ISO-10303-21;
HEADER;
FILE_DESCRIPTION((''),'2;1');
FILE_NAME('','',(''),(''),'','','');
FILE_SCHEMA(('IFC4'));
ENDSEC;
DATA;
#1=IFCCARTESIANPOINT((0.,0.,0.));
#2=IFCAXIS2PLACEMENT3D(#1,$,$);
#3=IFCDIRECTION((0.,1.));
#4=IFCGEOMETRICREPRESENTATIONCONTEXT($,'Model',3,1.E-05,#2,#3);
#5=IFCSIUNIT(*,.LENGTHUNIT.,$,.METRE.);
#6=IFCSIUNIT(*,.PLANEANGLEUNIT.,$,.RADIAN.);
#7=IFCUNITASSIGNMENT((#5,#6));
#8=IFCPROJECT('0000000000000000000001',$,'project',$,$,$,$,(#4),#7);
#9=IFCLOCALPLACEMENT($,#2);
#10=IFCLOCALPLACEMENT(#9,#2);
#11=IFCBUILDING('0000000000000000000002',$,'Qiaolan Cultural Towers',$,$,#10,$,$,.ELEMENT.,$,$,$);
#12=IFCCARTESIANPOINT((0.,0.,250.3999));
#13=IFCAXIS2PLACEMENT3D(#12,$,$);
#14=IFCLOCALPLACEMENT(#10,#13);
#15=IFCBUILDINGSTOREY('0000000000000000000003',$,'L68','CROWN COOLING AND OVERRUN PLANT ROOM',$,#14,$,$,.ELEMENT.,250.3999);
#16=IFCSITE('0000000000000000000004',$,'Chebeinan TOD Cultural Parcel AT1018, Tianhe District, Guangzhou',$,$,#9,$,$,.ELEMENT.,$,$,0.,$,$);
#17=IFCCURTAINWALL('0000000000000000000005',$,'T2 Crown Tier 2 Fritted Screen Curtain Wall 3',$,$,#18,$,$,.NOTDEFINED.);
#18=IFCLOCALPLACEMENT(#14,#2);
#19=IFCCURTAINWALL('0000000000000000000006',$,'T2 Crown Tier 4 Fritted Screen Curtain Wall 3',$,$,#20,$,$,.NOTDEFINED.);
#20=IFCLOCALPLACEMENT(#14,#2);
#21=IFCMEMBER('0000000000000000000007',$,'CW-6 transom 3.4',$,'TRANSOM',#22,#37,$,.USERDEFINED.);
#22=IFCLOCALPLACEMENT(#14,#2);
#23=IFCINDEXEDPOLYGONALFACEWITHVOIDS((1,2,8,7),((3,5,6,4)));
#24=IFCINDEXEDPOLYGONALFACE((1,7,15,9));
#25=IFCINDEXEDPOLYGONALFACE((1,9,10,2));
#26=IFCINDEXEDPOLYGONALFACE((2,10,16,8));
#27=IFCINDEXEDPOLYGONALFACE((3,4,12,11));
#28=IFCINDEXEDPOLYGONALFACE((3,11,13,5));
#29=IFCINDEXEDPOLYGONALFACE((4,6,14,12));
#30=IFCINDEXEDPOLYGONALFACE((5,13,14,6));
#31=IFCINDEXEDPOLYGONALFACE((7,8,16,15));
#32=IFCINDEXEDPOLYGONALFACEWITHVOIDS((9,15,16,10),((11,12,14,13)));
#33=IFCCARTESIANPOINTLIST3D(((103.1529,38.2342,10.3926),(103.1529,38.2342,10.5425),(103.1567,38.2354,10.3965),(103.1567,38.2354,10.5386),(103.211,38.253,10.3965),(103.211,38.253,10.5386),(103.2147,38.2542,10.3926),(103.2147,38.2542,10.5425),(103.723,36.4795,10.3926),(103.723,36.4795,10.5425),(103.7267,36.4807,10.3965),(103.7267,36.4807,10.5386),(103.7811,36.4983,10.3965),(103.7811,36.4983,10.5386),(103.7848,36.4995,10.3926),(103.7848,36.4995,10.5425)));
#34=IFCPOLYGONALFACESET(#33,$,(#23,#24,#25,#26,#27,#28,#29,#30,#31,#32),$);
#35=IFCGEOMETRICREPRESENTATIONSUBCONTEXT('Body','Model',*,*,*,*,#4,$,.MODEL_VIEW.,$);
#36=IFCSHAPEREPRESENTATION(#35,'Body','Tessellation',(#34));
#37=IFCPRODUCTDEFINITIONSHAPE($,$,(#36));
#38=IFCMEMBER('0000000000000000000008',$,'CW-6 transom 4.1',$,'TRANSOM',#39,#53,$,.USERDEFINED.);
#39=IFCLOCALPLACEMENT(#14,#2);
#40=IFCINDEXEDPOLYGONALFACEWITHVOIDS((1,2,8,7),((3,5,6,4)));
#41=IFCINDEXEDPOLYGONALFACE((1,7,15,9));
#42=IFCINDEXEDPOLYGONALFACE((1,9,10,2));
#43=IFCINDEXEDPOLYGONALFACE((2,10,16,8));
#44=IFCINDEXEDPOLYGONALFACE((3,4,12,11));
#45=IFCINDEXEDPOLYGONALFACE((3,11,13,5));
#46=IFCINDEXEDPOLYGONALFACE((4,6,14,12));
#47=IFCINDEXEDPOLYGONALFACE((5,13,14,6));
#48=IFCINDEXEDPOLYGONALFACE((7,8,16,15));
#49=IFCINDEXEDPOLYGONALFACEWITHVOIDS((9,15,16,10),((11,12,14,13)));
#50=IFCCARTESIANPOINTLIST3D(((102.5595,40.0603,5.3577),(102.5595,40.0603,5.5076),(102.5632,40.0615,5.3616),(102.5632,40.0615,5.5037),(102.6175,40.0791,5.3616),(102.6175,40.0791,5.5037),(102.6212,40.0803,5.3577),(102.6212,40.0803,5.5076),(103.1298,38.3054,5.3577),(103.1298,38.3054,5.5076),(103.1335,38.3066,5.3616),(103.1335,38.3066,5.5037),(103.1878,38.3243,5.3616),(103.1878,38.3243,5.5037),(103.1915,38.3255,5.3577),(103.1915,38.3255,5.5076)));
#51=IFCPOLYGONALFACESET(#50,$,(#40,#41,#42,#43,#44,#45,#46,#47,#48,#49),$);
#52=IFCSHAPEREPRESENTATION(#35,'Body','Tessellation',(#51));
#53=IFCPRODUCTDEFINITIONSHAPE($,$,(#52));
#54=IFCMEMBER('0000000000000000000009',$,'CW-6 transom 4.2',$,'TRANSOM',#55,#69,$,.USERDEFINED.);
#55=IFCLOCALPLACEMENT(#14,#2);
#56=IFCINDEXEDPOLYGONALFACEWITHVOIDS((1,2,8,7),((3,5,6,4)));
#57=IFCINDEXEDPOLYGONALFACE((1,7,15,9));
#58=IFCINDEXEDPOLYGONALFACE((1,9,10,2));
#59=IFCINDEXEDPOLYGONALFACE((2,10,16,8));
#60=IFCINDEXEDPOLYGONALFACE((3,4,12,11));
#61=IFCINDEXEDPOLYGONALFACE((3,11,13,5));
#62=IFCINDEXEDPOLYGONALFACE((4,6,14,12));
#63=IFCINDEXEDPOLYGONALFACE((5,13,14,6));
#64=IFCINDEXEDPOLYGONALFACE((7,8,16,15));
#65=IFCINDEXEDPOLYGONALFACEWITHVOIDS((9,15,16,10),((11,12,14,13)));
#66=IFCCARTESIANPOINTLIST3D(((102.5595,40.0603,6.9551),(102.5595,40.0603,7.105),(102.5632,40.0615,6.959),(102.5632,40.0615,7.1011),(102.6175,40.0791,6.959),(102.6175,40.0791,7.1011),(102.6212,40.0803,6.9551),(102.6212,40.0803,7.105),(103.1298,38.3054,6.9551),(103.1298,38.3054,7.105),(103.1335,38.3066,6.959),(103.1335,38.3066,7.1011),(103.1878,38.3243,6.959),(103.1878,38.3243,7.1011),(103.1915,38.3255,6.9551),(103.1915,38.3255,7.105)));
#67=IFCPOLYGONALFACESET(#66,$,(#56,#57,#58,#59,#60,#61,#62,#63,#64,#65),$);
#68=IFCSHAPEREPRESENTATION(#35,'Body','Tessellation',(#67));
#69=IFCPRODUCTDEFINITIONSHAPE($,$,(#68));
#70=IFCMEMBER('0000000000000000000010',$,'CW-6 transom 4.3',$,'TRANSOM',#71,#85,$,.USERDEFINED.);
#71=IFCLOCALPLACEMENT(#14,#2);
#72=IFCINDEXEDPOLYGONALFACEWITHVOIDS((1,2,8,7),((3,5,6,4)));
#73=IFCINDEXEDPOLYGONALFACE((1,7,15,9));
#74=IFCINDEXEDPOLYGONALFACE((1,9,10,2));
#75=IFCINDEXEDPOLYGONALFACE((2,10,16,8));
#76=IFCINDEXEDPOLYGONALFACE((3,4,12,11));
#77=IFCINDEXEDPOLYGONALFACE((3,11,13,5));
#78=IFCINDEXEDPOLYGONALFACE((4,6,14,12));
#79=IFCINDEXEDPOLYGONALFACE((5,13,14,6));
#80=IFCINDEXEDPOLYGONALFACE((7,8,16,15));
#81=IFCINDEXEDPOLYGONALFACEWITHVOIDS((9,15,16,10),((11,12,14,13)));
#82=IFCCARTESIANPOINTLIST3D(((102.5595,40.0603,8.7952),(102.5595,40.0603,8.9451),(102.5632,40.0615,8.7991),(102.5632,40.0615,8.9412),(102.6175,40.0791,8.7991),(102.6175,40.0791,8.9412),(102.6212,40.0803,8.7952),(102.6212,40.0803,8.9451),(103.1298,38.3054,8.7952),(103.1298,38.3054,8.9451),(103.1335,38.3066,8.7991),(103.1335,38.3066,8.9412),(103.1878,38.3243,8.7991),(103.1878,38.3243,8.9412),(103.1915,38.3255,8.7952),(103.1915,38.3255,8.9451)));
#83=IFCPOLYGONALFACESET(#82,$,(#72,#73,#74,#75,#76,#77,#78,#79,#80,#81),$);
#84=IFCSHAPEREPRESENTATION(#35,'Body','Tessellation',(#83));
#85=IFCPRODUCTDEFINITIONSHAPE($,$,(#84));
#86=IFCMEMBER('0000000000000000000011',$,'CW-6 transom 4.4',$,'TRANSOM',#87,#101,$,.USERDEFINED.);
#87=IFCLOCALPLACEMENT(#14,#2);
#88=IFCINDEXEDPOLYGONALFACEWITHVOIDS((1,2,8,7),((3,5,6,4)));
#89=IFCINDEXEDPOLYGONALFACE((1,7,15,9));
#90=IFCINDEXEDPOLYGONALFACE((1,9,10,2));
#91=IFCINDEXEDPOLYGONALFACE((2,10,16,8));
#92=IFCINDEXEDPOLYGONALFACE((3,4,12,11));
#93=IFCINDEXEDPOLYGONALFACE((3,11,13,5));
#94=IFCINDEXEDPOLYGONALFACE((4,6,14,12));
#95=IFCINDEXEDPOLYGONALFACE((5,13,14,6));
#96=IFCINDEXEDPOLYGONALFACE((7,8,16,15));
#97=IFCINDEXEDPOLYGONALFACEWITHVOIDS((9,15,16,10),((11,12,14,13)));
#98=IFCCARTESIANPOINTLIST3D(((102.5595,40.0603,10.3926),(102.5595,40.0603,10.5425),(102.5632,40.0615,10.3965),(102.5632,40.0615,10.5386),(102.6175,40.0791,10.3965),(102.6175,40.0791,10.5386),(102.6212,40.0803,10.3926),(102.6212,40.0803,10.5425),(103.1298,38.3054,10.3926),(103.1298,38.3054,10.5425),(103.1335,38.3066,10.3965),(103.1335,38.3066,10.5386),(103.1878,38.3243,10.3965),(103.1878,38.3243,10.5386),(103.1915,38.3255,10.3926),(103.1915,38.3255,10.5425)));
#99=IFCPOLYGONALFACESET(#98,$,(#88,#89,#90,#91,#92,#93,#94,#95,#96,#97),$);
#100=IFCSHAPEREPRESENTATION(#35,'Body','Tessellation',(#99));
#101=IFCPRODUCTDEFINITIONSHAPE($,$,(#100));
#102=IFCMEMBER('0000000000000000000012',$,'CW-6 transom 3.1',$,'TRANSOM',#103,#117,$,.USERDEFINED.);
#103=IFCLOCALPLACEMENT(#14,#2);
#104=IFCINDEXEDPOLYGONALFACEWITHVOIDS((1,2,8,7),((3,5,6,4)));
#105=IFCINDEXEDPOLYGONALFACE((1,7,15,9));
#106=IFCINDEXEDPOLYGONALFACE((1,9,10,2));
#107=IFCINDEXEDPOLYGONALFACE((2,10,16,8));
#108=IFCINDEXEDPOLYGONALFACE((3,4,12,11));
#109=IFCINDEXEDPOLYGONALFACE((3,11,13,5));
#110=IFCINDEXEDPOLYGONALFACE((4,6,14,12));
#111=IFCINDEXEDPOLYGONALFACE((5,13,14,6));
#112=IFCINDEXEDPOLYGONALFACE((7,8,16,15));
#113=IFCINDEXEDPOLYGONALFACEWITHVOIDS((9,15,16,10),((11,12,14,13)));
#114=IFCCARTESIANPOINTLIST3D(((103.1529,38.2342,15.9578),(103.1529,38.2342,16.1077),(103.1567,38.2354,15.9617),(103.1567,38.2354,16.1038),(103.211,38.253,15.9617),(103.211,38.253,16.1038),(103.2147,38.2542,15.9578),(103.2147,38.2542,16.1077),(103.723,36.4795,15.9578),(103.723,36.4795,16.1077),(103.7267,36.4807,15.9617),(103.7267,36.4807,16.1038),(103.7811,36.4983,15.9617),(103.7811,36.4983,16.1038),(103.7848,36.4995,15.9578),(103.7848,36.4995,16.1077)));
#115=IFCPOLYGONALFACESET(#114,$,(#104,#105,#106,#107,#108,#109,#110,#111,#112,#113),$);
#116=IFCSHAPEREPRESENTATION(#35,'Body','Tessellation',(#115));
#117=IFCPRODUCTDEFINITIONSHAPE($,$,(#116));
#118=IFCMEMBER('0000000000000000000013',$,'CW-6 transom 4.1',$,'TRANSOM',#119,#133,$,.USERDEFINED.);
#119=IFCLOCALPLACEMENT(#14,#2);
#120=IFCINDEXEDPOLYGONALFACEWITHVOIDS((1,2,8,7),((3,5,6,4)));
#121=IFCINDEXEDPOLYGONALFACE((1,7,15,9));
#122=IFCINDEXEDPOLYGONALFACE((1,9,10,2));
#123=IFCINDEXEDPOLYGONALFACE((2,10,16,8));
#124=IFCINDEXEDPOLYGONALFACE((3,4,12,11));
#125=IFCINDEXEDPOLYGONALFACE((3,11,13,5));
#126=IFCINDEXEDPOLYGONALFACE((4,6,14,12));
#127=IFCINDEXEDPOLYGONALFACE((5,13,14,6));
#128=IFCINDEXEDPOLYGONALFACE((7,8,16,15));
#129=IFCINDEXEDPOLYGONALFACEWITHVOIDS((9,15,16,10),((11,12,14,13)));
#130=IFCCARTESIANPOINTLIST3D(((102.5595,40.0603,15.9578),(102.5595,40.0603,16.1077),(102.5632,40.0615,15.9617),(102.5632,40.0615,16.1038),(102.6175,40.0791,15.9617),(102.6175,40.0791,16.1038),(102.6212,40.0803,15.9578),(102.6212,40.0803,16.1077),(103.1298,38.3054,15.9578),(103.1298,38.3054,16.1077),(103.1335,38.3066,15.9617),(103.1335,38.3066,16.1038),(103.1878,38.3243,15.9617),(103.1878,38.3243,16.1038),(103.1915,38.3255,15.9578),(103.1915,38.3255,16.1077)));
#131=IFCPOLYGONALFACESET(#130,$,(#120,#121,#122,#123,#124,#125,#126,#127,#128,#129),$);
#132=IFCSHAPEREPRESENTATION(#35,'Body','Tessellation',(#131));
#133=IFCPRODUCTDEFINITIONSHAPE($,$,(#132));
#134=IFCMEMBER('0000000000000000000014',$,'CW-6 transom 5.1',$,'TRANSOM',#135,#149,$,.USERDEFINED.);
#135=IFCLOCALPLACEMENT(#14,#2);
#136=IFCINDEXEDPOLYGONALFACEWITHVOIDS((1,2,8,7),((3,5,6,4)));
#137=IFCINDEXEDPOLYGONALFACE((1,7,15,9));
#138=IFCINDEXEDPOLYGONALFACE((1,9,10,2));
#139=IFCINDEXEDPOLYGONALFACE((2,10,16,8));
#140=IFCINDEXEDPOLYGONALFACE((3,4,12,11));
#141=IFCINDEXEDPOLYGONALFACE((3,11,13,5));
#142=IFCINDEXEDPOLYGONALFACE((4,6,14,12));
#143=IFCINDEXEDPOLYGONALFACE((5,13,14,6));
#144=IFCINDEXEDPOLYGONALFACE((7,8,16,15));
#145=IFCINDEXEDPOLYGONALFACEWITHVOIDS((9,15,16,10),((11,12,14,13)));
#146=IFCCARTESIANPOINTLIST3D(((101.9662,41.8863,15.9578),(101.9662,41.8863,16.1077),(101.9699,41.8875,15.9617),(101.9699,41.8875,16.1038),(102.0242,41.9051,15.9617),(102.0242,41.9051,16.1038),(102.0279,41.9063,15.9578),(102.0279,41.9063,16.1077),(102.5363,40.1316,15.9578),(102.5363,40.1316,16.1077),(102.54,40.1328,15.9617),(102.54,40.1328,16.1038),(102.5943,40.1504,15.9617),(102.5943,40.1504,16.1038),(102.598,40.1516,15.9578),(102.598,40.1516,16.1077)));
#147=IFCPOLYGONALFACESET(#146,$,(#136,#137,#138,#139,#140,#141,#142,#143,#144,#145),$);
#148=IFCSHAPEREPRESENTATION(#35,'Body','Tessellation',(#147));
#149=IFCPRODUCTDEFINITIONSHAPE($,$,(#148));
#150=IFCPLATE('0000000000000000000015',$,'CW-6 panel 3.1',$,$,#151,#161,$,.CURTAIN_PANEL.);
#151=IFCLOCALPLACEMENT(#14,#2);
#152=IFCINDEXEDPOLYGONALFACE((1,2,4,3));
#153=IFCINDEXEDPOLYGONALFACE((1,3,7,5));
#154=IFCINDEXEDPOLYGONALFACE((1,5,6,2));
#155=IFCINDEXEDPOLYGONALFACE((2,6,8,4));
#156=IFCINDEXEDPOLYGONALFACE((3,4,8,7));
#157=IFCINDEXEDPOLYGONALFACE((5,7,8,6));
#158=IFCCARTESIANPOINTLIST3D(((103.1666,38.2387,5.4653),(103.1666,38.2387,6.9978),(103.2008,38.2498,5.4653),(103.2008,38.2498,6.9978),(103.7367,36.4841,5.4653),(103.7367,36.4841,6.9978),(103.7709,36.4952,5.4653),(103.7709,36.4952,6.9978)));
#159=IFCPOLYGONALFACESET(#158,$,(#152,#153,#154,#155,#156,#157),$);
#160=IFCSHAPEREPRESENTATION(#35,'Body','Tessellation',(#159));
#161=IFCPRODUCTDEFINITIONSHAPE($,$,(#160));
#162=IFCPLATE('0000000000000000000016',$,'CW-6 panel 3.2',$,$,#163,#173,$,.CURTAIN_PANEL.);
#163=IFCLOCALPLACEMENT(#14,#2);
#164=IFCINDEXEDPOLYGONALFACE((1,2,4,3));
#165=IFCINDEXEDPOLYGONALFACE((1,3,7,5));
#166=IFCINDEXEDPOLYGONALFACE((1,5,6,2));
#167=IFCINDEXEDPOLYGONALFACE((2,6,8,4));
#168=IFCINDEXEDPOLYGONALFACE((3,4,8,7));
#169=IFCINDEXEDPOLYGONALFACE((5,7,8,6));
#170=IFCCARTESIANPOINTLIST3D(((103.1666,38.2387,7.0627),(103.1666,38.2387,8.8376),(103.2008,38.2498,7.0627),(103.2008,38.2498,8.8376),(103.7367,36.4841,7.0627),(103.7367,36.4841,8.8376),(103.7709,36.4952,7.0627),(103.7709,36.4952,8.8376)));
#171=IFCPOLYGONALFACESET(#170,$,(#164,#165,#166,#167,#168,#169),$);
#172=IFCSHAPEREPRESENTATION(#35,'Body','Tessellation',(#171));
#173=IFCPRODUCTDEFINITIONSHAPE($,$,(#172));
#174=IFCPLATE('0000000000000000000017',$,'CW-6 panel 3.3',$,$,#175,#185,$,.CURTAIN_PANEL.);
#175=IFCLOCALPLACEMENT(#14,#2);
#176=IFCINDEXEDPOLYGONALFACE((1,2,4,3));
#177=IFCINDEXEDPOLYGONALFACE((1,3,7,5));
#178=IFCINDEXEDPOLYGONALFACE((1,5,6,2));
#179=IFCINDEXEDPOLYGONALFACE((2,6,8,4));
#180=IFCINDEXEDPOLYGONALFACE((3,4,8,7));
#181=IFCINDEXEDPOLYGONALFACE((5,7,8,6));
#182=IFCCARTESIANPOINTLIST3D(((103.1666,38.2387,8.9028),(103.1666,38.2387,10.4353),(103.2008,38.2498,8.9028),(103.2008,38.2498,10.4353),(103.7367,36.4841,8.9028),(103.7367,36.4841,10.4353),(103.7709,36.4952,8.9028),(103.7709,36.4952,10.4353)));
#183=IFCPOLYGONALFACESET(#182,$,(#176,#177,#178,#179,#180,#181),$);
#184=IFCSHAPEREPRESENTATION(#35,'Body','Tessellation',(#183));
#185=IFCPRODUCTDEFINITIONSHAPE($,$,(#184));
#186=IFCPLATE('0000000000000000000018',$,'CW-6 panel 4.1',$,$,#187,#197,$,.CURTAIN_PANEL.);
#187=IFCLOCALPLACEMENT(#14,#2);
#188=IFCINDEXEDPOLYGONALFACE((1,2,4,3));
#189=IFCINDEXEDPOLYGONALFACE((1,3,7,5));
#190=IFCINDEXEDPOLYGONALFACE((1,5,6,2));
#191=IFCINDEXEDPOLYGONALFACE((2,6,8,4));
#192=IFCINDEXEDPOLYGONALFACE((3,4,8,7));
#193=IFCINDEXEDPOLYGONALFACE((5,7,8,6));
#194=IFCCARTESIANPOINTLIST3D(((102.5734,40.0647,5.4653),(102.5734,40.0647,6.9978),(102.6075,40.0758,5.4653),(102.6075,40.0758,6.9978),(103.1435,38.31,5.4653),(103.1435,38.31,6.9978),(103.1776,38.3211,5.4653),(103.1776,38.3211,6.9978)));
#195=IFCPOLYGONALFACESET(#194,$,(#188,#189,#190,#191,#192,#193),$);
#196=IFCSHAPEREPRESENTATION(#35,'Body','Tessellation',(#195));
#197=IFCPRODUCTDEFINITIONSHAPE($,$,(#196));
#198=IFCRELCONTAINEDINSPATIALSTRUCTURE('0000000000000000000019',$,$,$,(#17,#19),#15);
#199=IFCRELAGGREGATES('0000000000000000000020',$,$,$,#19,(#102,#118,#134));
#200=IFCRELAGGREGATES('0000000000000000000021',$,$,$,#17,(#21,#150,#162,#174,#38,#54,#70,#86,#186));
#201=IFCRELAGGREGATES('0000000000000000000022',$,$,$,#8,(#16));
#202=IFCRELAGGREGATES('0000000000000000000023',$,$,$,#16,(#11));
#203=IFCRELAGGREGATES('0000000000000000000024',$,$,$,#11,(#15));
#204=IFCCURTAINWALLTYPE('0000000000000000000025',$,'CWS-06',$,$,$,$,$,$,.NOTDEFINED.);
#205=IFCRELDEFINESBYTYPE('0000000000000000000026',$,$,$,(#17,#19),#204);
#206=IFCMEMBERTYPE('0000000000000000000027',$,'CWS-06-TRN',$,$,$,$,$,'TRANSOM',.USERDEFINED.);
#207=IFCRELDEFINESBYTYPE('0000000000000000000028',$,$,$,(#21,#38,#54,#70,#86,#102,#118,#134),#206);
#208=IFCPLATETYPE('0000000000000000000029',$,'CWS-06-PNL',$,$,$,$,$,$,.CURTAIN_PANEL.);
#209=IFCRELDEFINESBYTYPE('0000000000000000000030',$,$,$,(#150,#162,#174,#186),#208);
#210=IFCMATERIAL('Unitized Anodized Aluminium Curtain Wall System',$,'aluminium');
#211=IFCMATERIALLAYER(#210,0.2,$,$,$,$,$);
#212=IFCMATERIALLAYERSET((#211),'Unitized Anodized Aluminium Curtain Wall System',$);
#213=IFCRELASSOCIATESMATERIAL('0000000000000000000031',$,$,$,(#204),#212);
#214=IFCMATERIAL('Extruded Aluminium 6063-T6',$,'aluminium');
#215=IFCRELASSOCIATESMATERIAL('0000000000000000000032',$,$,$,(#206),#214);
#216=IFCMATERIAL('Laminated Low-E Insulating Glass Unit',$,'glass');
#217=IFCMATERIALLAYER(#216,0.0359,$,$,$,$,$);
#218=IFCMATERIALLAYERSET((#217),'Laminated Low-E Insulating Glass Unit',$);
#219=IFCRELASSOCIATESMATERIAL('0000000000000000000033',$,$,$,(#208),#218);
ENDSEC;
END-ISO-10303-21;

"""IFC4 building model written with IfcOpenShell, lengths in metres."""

from ifc_helpers import new_model, si_unit, direction, frame, origin, origin_2d, place, context, subcontext, project, spatial, rectangle, hollow_rectangle, extrude, material, layer, layer_set, material_profile, profile_set, type_object, element, aggregate, save


model = new_model("IFC4")

# Units and contexts
model_context = context("Model", 3, precision=1e-05, world=origin(), true_north=direction((0.0, 1.0)))
body_context = subcontext(model_context, "Body", "Model", "MODEL_VIEW")
ifc_project = project(units=[si_unit("LENGTHUNIT", "METRE"), si_unit("PLANEANGLEUNIT", "RADIAN")], contexts=[model_context])

# Site, building, storey
site_placement = place(None, origin())
site = spatial("IfcSite", under=ifc_project, at=site_placement, Name="Chebeinan TOD Cultural Parcel AT1018, Tianhe District, Guangzhou", CompositionType="ELEMENT", RefElevation=0.0)
building_placement = place(site_placement, origin())
building = spatial("IfcBuilding", under=site, at=building_placement, Name="Qiaolan Cultural Towers", CompositionType="ELEMENT")
storey_placement = place(building_placement, frame((0.0, 0.0, 250.3999)))
storey = spatial("IfcBuildingStorey", under=building, at=storey_placement, Name="L68", Description="CROWN COOLING AND OVERRUN PLANT ROOM", CompositionType="ELEMENT", Elevation=250.3999)

# Curtain walls
ifc_material_1 = material(Name="Unitized Anodized Aluminium Curtain Wall System", Category="aluminium")
ifc_layer_1 = layer(ifc_material_1, 0.2)
ifc_layer_set_1 = layer_set([ifc_layer_1], Name="Unitized Anodized Aluminium Curtain Wall System")
curtain_wall_type = type_object("IfcCurtainWallType", Name="CWS-06", PredefinedType="NOTDEFINED", material=ifc_layer_set_1)
curtain_wall_1_placement = place(storey_placement, origin())
curtain_wall_1 = element("IfcCurtainWall", 1, at=curtain_wall_1_placement, inside=storey, type_object=curtain_wall_type, Name="T2 Crown Tier 2 Fritted Screen Curtain Wall 3", PredefinedType="NOTDEFINED")
curtain_wall_2_placement = place(storey_placement, origin())
curtain_wall_2 = element("IfcCurtainWall", 2, at=curtain_wall_2_placement, inside=storey, type_object=curtain_wall_type, Name="T2 Crown Tier 4 Fritted Screen Curtain Wall 3", PredefinedType="NOTDEFINED")

# Members
ifc_material_2 = material(Name="Extruded Aluminium 6063-T6", Category="aluminium")
ifc_material_profile_1 = material_profile(ifc_material_2, hollow_rectangle(XDim=0.0649, YDim=0.1499, WallThickness=0.0039, at=origin_2d()), Name="CWT-150x65x4")
ifc_profile_set_1 = profile_set([ifc_material_profile_1], Name="Extruded Aluminium 6063-T6")
member_type_1 = type_object("IfcMemberType", Name="CWS-06-TRN", ElementType="TRANSOM", PredefinedType="USERDEFINED", material=ifc_profile_set_1)
member_1_placement = place(storey_placement, frame((103.7539, 36.4895, 10.4675), z_axis=(-0.308993, 0.951064, 0.0), x_axis=(-0.951064, -0.308993, 0.0)))
member_1 = element("IfcMember", 3, at=member_1_placement, type_object=member_type_1, Name="CW-6 transom 3.4", ObjectType="TRANSOM", PredefinedType="USERDEFINED", context=body_context, shape_type="SweptSolid", body=[
    extrude(hollow_rectangle(XDim=0.0649, YDim=0.1499, WallThickness=0.0039, at=origin_2d()), origin(), (0.0, 0.0, 1.0), 1.845),
])
member_2_placement = place(storey_placement, frame((103.1606, 38.3154, 5.4326), z_axis=(-0.309074, 0.951038, 0.0), x_axis=(-0.951038, -0.309074, 0.0)))
member_2 = element("IfcMember", 4, at=member_2_placement, type_object=member_type_1, Name="CW-6 transom 4.1", ObjectType="TRANSOM", PredefinedType="USERDEFINED", context=body_context, shape_type="SweptSolid", body=[
    extrude(hollow_rectangle(XDim=0.0649, YDim=0.1499, WallThickness=0.0039, at=origin_2d()), origin(), (0.0, 0.0, 1.0), 1.8452),
])
member_3_placement = place(storey_placement, frame((103.1606, 38.3154, 7.03), z_axis=(-0.309074, 0.951038, 0.0), x_axis=(-0.951038, -0.309074, 0.0)))
member_3 = element("IfcMember", 5, at=member_3_placement, type_object=member_type_1, Name="CW-6 transom 4.2", ObjectType="TRANSOM", PredefinedType="USERDEFINED", context=body_context, shape_type="SweptSolid", body=[
    extrude(hollow_rectangle(XDim=0.0649, YDim=0.1499, WallThickness=0.0039, at=origin_2d()), origin(), (0.0, 0.0, 1.0), 1.8452),
])
member_4_placement = place(storey_placement, frame((103.1606, 38.3154, 8.8701), z_axis=(-0.309074, 0.951038, 0.0), x_axis=(-0.951038, -0.309074, 0.0)))
member_4 = element("IfcMember", 6, at=member_4_placement, type_object=member_type_1, Name="CW-6 transom 4.3", ObjectType="TRANSOM", PredefinedType="USERDEFINED", context=body_context, shape_type="SweptSolid", body=[
    extrude(hollow_rectangle(XDim=0.0649, YDim=0.1499, WallThickness=0.0039, at=origin_2d()), origin(), (0.0, 0.0, 1.0), 1.8452),
])
member_5_placement = place(storey_placement, frame((103.1606, 38.3154, 10.4675), z_axis=(-0.309074, 0.951038, 0.0), x_axis=(-0.951038, -0.309074, 0.0)))
member_5 = element("IfcMember", 7, at=member_5_placement, type_object=member_type_1, Name="CW-6 transom 4.4", ObjectType="TRANSOM", PredefinedType="USERDEFINED", context=body_context, shape_type="SweptSolid", body=[
    extrude(hollow_rectangle(XDim=0.0649, YDim=0.1499, WallThickness=0.0039, at=origin_2d()), origin(), (0.0, 0.0, 1.0), 1.8452),
])
member_6_placement = place(storey_placement, frame((103.7539, 36.4895, 16.0327), z_axis=(-0.308993, 0.951064, 0.0), x_axis=(-0.951064, -0.308993, 0.0)))
member_6 = element("IfcMember", 8, at=member_6_placement, type_object=member_type_1, Name="CW-6 transom 3.1", ObjectType="TRANSOM", PredefinedType="USERDEFINED", context=body_context, shape_type="SweptSolid", body=[
    extrude(hollow_rectangle(XDim=0.0649, YDim=0.1499, WallThickness=0.0039, at=origin_2d()), origin(), (0.0, 0.0, 1.0), 1.845),
])
member_7_placement = place(storey_placement, frame((103.1606, 38.3154, 16.0327), z_axis=(-0.309074, 0.951038, 0.0), x_axis=(-0.951038, -0.309074, 0.0)))
member_7 = element("IfcMember", 9, at=member_7_placement, type_object=member_type_1, Name="CW-6 transom 4.1", ObjectType="TRANSOM", PredefinedType="USERDEFINED", context=body_context, shape_type="SweptSolid", body=[
    extrude(hollow_rectangle(XDim=0.0649, YDim=0.1499, WallThickness=0.0039, at=origin_2d()), origin(), (0.0, 0.0, 1.0), 1.8452),
])
member_8_placement = place(storey_placement, frame((102.5671, 40.1416, 16.0327), z_axis=(-0.308993, 0.951064, 0.0), x_axis=(-0.951064, -0.308993, 0.0)))
member_8 = element("IfcMember", 10, at=member_8_placement, type_object=member_type_1, Name="CW-6 transom 5.1", ObjectType="TRANSOM", PredefinedType="USERDEFINED", context=body_context, shape_type="SweptSolid", body=[
    extrude(hollow_rectangle(XDim=0.0649, YDim=0.1499, WallThickness=0.0039, at=origin_2d()), origin(), (0.0, 0.0, 1.0), 1.845),
])
aggregate(curtain_wall_2, [member_6, member_7, member_8])

# Plates
ifc_material_3 = material(Name="Laminated Low-E Insulating Glass Unit", Category="glass")
ifc_layer_2 = layer(ifc_material_3, 0.0359)
ifc_layer_set_2 = layer_set([ifc_layer_2], Name="Laminated Low-E Insulating Glass Unit")
plate_type = type_object("IfcPlateType", Name="CWS-06-PNL", PredefinedType="CURTAIN_PANEL", material=ifc_layer_set_2)
plate_1_placement = place(storey_placement, frame((103.4688, 37.3669, 5.4653), z_axis=(0.0, 0.0, 1.0), x_axis=(-0.309017, 0.951057, 0.0)))
plate_1 = element("IfcPlate", 11, at=plate_1_placement, type_object=plate_type, Name="CW-6 panel 3.1", PredefinedType="CURTAIN_PANEL", context=body_context, shape_type="SweptSolid", body=[
    extrude(rectangle(XDim=1.845, YDim=0.0359, at=origin_2d()), origin(), (0.0, 0.0, 1.0), 1.5325),
])
plate_2_placement = place(storey_placement, frame((103.4688, 37.3669, 7.0627), z_axis=(0.0, 0.0, 1.0), x_axis=(-0.309017, 0.951057, 0.0)))
plate_2 = element("IfcPlate", 12, at=plate_2_placement, type_object=plate_type, Name="CW-6 panel 3.2", PredefinedType="CURTAIN_PANEL", context=body_context, shape_type="SweptSolid", body=[
    extrude(rectangle(XDim=1.845, YDim=0.0359, at=origin_2d()), origin(), (0.0, 0.0, 1.0), 1.7749),
])
plate_3_placement = place(storey_placement, frame((103.4688, 37.3669, 8.9028), z_axis=(0.0, 0.0, 1.0), x_axis=(-0.309017, 0.951057, 0.0)))
plate_3 = element("IfcPlate", 13, at=plate_3_placement, type_object=plate_type, Name="CW-6 panel 3.3", PredefinedType="CURTAIN_PANEL", context=body_context, shape_type="SweptSolid", body=[
    extrude(rectangle(XDim=1.845, YDim=0.0359, at=origin_2d()), origin(), (0.0, 0.0, 1.0), 1.5325),
])
plate_4_placement = place(storey_placement, frame((102.8755, 39.1929, 5.4653), z_axis=(0.0, 0.0, 1.0), x_axis=(-0.309017, 0.951057, 0.0)))
plate_4 = element("IfcPlate", 14, at=plate_4_placement, type_object=plate_type, Name="CW-6 panel 4.1", PredefinedType="CURTAIN_PANEL", context=body_context, shape_type="SweptSolid", body=[
    extrude(rectangle(XDim=1.845, YDim=0.0359, at=origin_2d()), origin(), (0.0, 0.0, 1.0), 1.5325),
])
aggregate(curtain_wall_1, [member_1, plate_1, plate_2, plate_3, member_2, member_3, member_4, member_5, plate_4])

save(model, "model.ifc")
